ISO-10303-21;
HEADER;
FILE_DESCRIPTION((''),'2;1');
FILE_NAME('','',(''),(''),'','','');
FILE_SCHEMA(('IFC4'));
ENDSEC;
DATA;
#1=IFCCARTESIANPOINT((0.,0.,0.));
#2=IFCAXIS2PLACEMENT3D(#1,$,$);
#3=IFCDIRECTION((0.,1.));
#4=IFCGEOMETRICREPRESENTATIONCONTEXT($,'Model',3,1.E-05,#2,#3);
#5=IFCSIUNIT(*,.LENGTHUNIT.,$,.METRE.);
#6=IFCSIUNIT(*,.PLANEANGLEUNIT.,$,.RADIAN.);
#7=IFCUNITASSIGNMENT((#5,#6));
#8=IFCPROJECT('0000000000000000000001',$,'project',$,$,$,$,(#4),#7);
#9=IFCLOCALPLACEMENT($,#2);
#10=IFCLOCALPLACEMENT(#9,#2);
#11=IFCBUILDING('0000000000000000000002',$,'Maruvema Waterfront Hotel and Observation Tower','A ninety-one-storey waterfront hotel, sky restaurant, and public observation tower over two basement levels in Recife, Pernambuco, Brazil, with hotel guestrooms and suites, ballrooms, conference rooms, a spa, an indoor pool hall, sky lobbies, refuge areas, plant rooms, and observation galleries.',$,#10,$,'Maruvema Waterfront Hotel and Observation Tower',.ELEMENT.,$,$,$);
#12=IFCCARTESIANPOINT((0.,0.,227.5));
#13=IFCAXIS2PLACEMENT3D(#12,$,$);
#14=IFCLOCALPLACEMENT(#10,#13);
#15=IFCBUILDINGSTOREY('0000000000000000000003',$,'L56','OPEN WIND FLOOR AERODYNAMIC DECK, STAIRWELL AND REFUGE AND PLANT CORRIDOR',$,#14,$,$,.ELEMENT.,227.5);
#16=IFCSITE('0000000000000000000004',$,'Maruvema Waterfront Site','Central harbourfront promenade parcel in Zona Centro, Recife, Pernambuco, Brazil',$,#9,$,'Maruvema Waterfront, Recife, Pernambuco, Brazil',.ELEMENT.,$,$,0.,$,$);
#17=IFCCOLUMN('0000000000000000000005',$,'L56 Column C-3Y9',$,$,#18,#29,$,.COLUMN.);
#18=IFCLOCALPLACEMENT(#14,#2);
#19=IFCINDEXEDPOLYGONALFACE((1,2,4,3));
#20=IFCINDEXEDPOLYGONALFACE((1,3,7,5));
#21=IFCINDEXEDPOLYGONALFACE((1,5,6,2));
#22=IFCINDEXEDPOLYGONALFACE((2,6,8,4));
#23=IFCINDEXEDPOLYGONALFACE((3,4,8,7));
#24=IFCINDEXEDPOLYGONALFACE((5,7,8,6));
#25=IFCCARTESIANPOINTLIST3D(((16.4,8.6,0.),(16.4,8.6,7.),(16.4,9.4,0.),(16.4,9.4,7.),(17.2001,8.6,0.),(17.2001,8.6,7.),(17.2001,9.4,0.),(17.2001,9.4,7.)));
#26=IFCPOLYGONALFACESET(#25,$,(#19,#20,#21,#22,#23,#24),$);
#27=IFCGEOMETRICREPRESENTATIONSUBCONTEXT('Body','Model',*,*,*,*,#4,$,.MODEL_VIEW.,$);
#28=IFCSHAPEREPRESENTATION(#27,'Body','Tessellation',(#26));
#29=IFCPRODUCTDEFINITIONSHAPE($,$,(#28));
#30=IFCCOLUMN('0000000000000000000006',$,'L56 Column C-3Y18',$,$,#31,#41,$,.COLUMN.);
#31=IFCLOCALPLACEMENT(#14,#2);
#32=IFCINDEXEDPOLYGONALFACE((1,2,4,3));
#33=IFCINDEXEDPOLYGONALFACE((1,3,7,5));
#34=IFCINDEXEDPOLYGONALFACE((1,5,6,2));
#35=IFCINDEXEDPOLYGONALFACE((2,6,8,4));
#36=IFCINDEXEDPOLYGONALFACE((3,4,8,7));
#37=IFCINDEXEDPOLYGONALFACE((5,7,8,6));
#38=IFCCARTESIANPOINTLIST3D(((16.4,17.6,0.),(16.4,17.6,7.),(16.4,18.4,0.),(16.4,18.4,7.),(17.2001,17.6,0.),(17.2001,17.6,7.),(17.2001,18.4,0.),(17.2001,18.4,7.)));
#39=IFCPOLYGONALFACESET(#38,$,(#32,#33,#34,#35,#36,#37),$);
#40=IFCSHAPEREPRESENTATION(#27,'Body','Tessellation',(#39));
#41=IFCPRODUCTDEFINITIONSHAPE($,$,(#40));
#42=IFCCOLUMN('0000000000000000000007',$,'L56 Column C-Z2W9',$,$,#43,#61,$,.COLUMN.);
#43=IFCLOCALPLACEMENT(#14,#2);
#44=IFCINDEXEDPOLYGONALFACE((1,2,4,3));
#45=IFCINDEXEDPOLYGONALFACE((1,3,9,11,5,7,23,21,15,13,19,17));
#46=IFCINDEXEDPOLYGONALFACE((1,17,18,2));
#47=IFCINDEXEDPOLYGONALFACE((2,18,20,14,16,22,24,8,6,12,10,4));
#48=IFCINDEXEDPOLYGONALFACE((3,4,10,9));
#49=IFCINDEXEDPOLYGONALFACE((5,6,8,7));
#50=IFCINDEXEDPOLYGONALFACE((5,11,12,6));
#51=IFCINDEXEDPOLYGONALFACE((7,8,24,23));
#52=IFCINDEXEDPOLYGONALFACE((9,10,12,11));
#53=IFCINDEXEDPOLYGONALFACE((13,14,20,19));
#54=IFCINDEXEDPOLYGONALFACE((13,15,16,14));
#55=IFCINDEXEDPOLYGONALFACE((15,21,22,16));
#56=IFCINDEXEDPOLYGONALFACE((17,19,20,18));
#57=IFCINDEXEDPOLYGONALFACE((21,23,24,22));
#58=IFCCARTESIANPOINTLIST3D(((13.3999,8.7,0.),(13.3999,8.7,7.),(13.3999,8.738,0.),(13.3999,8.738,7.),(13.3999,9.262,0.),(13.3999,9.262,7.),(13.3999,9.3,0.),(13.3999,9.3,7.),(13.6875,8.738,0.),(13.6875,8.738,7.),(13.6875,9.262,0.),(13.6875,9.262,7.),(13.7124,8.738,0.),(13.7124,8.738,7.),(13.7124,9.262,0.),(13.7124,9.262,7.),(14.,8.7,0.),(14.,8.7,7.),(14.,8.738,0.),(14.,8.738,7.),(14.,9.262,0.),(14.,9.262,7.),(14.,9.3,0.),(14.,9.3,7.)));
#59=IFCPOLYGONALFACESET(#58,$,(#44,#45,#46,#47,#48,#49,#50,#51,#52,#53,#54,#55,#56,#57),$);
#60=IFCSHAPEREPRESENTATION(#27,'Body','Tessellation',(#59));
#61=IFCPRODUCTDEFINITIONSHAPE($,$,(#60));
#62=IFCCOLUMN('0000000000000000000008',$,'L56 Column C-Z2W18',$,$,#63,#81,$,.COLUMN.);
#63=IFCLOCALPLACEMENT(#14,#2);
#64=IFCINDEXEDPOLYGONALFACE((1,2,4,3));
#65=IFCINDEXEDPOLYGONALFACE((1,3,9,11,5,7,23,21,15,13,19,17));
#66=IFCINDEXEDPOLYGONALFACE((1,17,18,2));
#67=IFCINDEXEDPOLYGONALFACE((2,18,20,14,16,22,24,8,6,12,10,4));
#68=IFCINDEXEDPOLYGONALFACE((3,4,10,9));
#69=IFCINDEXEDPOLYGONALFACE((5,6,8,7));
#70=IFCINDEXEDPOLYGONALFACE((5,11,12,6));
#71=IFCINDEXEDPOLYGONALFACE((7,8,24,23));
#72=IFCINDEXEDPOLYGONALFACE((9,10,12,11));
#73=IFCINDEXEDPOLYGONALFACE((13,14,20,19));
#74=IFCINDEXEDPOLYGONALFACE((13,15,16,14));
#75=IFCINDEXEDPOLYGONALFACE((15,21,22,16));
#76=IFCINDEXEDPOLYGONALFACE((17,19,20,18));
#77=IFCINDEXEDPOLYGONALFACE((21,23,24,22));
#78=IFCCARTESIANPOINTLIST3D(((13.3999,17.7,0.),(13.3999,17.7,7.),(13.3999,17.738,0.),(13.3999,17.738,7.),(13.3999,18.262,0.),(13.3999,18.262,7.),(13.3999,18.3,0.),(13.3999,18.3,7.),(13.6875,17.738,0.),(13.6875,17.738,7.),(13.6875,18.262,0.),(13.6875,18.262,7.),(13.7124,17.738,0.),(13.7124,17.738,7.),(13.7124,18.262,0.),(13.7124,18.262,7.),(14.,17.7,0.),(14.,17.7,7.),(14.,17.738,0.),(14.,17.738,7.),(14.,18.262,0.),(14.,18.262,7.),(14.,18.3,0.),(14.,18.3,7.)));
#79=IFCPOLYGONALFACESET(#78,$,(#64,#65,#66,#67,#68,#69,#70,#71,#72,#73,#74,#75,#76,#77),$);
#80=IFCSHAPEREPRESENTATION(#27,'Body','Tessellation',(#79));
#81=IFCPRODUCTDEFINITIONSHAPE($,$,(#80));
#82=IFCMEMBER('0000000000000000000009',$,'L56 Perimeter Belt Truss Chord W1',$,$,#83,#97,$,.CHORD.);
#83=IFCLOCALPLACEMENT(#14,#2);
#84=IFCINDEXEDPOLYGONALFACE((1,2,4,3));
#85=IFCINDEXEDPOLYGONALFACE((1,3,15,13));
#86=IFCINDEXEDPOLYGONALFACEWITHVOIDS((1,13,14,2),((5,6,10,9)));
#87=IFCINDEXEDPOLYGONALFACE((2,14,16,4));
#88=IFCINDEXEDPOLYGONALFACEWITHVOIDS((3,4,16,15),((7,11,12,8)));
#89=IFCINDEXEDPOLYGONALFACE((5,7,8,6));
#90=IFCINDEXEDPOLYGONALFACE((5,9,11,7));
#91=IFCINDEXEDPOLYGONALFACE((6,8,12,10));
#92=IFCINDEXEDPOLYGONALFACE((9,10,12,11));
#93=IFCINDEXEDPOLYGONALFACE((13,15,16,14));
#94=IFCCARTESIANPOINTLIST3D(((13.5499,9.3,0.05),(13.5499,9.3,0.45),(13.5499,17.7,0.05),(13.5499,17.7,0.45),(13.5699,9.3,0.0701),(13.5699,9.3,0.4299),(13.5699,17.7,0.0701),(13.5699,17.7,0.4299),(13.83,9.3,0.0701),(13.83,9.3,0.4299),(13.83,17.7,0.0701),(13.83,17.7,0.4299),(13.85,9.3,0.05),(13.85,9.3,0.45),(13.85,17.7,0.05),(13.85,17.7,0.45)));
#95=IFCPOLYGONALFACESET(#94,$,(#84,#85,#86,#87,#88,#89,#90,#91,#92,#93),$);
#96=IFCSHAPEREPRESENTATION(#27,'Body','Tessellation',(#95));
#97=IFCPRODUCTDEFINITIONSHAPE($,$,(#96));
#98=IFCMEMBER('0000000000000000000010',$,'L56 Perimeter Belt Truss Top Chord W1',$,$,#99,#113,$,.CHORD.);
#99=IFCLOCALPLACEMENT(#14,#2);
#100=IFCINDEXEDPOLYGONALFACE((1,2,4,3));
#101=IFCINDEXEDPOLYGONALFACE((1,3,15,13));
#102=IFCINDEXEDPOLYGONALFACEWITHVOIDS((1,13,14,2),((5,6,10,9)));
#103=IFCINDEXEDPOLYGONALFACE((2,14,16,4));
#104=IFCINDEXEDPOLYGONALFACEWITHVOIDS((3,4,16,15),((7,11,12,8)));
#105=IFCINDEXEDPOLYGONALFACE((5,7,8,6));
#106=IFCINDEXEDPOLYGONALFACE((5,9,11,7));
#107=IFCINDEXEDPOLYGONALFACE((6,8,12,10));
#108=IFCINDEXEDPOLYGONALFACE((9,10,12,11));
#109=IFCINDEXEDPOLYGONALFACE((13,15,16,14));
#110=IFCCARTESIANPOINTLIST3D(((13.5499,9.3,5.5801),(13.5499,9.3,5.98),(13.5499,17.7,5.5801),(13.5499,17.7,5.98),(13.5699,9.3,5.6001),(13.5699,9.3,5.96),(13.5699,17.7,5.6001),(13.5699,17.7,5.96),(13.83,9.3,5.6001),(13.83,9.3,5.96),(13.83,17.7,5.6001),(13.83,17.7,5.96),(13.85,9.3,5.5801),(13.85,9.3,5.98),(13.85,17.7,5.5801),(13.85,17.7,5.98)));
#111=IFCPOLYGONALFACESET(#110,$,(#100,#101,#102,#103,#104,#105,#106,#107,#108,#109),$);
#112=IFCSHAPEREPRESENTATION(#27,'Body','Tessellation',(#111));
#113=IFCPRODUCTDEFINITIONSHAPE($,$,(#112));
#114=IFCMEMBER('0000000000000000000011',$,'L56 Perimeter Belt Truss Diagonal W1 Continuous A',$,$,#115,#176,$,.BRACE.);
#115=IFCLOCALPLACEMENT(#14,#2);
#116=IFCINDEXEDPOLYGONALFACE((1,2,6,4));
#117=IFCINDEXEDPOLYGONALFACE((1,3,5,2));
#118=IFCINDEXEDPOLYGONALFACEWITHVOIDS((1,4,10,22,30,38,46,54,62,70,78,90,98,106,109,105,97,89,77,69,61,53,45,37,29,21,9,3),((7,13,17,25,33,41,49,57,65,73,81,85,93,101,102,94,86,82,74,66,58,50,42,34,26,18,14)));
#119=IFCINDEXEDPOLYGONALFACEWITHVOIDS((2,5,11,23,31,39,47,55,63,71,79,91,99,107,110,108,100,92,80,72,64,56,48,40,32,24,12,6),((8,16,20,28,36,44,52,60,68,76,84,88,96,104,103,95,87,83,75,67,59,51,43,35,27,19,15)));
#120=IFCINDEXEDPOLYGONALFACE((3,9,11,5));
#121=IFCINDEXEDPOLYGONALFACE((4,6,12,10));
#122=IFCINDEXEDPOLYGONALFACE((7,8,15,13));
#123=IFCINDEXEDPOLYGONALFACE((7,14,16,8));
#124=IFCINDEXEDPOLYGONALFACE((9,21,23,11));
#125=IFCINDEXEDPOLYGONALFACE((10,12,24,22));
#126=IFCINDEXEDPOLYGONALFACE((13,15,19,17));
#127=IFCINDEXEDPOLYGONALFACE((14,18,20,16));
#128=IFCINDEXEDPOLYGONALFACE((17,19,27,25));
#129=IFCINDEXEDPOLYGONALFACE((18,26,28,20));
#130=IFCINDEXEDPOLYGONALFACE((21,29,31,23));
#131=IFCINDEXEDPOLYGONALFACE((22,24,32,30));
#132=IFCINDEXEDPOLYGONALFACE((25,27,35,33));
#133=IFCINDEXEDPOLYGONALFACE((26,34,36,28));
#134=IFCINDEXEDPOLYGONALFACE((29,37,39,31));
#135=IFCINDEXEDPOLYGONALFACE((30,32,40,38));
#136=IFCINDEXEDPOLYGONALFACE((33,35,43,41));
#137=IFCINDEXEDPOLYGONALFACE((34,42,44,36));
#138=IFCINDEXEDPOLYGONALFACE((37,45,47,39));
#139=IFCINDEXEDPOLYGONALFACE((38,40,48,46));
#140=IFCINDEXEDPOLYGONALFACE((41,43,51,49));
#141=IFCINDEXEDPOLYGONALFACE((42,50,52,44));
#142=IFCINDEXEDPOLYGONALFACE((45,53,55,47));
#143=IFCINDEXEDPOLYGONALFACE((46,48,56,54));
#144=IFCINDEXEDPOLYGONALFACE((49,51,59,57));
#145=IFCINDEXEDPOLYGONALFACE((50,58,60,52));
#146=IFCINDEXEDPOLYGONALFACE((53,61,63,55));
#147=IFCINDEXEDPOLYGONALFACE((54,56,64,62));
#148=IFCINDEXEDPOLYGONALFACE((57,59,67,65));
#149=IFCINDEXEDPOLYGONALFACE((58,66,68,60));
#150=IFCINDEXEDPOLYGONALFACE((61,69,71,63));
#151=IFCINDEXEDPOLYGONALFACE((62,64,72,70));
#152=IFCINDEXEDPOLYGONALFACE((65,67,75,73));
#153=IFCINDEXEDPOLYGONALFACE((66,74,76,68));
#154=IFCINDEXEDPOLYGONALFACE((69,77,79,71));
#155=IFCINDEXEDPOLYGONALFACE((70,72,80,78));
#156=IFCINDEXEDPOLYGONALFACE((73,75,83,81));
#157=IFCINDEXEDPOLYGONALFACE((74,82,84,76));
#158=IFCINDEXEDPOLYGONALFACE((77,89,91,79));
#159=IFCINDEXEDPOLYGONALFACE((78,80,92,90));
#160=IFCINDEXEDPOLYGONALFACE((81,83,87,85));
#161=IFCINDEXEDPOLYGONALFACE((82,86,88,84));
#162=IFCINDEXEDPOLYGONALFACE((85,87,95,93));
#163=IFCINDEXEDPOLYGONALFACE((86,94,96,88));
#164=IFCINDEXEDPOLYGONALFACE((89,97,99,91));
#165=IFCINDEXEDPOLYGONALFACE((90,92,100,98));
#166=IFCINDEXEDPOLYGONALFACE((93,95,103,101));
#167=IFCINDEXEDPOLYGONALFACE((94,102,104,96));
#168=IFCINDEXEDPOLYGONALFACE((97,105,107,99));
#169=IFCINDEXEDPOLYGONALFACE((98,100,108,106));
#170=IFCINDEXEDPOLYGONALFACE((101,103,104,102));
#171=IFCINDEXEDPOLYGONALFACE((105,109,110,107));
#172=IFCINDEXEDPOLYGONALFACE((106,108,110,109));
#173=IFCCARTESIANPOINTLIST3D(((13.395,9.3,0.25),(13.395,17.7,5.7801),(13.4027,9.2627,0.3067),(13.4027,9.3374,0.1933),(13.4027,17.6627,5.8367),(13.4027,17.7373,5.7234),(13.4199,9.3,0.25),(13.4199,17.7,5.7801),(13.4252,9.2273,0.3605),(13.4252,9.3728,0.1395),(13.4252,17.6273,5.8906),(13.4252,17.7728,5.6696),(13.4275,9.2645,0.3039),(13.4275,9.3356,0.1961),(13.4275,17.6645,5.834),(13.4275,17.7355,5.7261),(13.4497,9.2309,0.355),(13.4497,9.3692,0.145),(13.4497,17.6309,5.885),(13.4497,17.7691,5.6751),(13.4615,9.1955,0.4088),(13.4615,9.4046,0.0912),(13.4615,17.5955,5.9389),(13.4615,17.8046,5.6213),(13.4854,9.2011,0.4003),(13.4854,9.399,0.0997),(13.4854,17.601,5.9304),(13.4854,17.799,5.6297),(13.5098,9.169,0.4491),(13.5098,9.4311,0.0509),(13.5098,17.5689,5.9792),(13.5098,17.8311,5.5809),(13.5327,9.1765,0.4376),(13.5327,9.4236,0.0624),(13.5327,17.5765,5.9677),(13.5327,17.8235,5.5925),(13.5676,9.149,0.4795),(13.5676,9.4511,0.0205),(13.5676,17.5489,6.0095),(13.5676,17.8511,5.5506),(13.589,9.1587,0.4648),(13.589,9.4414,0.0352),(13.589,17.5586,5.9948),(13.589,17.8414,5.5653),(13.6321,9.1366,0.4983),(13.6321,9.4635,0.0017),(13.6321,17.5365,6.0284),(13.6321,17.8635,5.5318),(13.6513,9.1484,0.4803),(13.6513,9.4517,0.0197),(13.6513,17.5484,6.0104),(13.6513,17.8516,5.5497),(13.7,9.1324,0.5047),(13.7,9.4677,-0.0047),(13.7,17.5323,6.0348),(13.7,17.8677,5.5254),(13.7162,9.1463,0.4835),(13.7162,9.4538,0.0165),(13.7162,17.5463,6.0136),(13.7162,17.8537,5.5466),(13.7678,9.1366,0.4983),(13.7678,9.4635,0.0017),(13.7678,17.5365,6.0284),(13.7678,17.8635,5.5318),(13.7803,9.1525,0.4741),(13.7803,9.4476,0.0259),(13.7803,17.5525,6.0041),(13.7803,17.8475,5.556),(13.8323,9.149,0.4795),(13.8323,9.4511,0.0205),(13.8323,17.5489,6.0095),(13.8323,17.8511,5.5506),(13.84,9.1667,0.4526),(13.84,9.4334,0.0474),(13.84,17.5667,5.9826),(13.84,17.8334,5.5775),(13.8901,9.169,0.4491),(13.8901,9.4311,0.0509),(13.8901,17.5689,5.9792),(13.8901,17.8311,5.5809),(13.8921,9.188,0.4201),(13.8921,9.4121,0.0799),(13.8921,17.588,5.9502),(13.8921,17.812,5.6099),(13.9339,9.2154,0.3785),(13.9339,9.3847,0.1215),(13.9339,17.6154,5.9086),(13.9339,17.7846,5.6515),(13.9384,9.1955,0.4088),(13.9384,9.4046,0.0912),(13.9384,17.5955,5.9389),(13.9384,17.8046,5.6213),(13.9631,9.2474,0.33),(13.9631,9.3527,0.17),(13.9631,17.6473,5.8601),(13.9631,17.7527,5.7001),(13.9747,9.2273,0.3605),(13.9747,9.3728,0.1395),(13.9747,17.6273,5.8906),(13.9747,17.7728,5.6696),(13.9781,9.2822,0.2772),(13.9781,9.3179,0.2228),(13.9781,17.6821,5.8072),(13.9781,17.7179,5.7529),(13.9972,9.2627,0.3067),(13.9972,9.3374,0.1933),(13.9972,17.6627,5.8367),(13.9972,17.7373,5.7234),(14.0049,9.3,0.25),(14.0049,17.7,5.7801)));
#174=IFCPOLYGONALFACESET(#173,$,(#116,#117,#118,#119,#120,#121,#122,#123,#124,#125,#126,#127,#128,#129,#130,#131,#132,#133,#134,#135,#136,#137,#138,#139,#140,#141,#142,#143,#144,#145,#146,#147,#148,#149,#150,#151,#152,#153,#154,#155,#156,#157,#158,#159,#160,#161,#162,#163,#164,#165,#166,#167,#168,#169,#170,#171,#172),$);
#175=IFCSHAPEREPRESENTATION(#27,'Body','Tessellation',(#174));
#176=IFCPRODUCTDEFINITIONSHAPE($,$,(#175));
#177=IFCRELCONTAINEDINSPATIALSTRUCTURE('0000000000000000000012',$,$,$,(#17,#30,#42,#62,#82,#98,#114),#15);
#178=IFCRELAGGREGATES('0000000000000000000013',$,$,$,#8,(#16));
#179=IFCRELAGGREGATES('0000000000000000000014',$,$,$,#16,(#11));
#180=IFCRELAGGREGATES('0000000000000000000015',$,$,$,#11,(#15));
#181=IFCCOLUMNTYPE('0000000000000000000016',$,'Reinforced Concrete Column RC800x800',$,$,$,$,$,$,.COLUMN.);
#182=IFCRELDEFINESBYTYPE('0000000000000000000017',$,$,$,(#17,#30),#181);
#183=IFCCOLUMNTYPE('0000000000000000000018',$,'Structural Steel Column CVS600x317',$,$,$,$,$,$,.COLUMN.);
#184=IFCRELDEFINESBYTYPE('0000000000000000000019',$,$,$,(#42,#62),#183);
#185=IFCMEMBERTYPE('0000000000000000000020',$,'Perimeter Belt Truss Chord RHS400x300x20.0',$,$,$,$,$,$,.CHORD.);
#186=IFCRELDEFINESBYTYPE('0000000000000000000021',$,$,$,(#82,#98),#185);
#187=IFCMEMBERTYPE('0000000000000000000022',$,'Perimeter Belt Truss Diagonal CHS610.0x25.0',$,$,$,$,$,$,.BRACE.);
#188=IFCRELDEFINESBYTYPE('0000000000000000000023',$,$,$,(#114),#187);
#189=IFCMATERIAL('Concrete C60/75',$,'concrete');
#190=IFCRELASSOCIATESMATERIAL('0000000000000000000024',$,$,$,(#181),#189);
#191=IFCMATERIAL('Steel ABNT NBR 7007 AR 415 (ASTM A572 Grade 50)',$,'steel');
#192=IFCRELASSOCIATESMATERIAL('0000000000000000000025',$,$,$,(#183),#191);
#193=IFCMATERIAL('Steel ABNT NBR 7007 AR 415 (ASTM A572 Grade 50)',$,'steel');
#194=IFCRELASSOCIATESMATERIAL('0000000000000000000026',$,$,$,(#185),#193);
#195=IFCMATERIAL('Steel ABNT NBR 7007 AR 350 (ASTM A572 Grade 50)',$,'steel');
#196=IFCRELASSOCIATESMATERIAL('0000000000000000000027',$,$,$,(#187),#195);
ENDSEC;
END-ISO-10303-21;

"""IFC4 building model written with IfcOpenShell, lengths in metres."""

from ifc_helpers import new_model, si_unit, direction, frame, origin, origin_2d, place, context, subcontext, project, spatial, rectangle, hollow_rectangle, hollow_circle, i_section, extrude, material, material_profile, profile_set, type_object, element, save


model = new_model("IFC4")

# Units and contexts
model_context = context("Model", 3, precision=1e-05, world=origin(), true_north=direction((0.0, 1.0)))
body_context = subcontext(model_context, "Body", "Model", "MODEL_VIEW")
ifc_project = project(units=[si_unit("LENGTHUNIT", "METRE"), si_unit("PLANEANGLEUNIT", "RADIAN")], contexts=[model_context])

# Site, building, storey
site_placement = place(None, origin())
site = spatial("IfcSite", under=ifc_project, at=site_placement, Name="Maruvema Waterfront Site", Description="Central harbourfront promenade parcel in Zona Centro, Recife, Pernambuco, Brazil", LongName="Maruvema Waterfront, Recife, Pernambuco, Brazil", CompositionType="ELEMENT", RefElevation=0.0)
building_placement = place(site_placement, origin())
building = spatial("IfcBuilding", under=site, at=building_placement, Name="Maruvema Waterfront Hotel and Observation Tower", Description="A ninety-one-storey waterfront hotel, sky restaurant, and public observation tower over two basement levels in Recife, Pernambuco, Brazil, with hotel guestrooms and suites, ballrooms, conference rooms, a spa, an indoor pool hall, sky lobbies, refuge areas, plant rooms, and observation galleries.", LongName="Maruvema Waterfront Hotel and Observation Tower", CompositionType="ELEMENT")
storey_placement = place(building_placement, frame((0.0, 0.0, 227.5)))
storey = spatial("IfcBuildingStorey", under=building, at=storey_placement, Name="L56", Description="OPEN WIND FLOOR AERODYNAMIC DECK, STAIRWELL AND REFUGE AND PLANT CORRIDOR", CompositionType="ELEMENT", Elevation=227.5)

# Columns
ifc_material_1 = material(Name="Concrete C60/75", Category="concrete")
ifc_material_profile_1 = material_profile(ifc_material_1, rectangle(XDim=0.8, YDim=0.8, at=origin_2d()), Name="RC800x800")
ifc_profile_set_1 = profile_set([ifc_material_profile_1], Name="Concrete C60/75")
column_type_1 = type_object("IfcColumnType", Name="Reinforced Concrete Column RC800x800", PredefinedType="COLUMN", material=ifc_profile_set_1)
for number, where, z_axis, x_axis, name in (
    (1, (16.8, 9.0, 0.0), (0.0, 0.0, 1.0), (1.0, 0.0, 0.0), "L56 Column C-3Y9"),
    (2, (16.8, 18.0, 0.0), (0.0, 0.0, 1.0), (1.0, 0.0, 0.0), "L56 Column C-3Y18"),
):
    element("IfcColumn", number, at=place(storey_placement, frame(where, z_axis=z_axis, x_axis=x_axis)), inside=storey, type_object=column_type_1, Name=name, PredefinedType="COLUMN", context=body_context, shape_type="SweptSolid", body=[
        extrude(rectangle(XDim=0.8, YDim=0.8, at=origin_2d()), origin(), (0.0, 0.0, 1.0), 7.0),
    ])
ifc_material_2 = material(Name="Steel ABNT NBR 7007 AR 415 (ASTM A572 Grade 50)", Category="steel")
ifc_material_profile_2 = material_profile(ifc_material_2, i_section(OverallWidth=0.6001, OverallDepth=0.6001, WebThickness=0.0249, FlangeThickness=0.0381, at=origin_2d()), Name="CVS600x317")
ifc_profile_set_2 = profile_set([ifc_material_profile_2], Name="Steel ABNT NBR 7007 AR 415 (ASTM A572 Grade 50)")
column_type_2 = type_object("IfcColumnType", Name="Structural Steel Column CVS600x317", PredefinedType="COLUMN", material=ifc_profile_set_2)
for number, where, z_axis, x_axis, name in (
    (3, (13.7, 9.0, 0.0), (0.0, 0.0, 1.0), (1.0, 0.0, 0.0), "L56 Column C-Z2W9"),
    (4, (13.7, 18.0, 0.0), (0.0, 0.0, 1.0), (1.0, 0.0, 0.0), "L56 Column C-Z2W18"),
):
    element("IfcColumn", number, at=place(storey_placement, frame(where, z_axis=z_axis, x_axis=x_axis)), inside=storey, type_object=column_type_2, Name=name, PredefinedType="COLUMN", context=body_context, shape_type="SweptSolid", body=[
        extrude(i_section(OverallWidth=0.6001, OverallDepth=0.6001, WebThickness=0.0249, FlangeThickness=0.0381, at=origin_2d()), origin(), (0.0, 0.0, 1.0), 7.0),
    ])

# Members
ifc_material_3 = material(Name="Steel ABNT NBR 7007 AR 415 (ASTM A572 Grade 50)", Category="steel")
ifc_material_profile_3 = material_profile(ifc_material_3, hollow_rectangle(XDim=0.3, YDim=0.3999, WallThickness=0.02, at=origin_2d()), Name="RHS400x300x20.0")
ifc_profile_set_3 = profile_set([ifc_material_profile_3], Name="Steel ABNT NBR 7007 AR 415 (ASTM A572 Grade 50)")
member_type_1 = type_object("IfcMemberType", Name="Perimeter Belt Truss Chord RHS400x300x20.0", PredefinedType="CHORD", material=ifc_profile_set_3)
for number, where, z_axis, x_axis, name in (
    (5, (13.7, 9.3, 0.25), (0.0, 1.0, 0.0), (-1.0, 0.0, 0.0), "L56 Perimeter Belt Truss Chord W1"),
    (6, (13.7, 9.3, 5.78), (0.0, 1.0, 0.0), (-1.0, 0.0, 0.0), "L56 Perimeter Belt Truss Top Chord W1"),
):
    element("IfcMember", number, at=place(storey_placement, frame(where, z_axis=z_axis, x_axis=x_axis)), inside=storey, type_object=member_type_1, Name=name, PredefinedType="CHORD", context=body_context, shape_type="SweptSolid", body=[
        extrude(hollow_rectangle(XDim=0.3, YDim=0.3999, WallThickness=0.02, at=origin_2d()), origin(), (0.0, 0.0, 1.0), 8.3999),
    ])
ifc_material_4 = material(Name="Steel ABNT NBR 7007 AR 350 (ASTM A572 Grade 50)", Category="steel")
ifc_material_profile_4 = material_profile(ifc_material_4, hollow_circle(Radius=0.3049, WallThickness=0.0249, at=origin_2d()), Name="CHS610.0x25.0")
ifc_profile_set_4 = profile_set([ifc_material_profile_4], Name="Steel ABNT NBR 7007 AR 350 (ASTM A572 Grade 50)")
member_type_2 = type_object("IfcMemberType", Name="Perimeter Belt Truss Diagonal CHS610.0x25.0", PredefinedType="BRACE", material=ifc_profile_set_4)
member_1_placement = place(storey_placement, frame((13.7, 9.3, 0.25), z_axis=(0.0, 0.835245, 0.549879), x_axis=(-1.0, 0.0, 0.0)))
element("IfcMember", 7, at=member_1_placement, inside=storey, type_object=member_type_2, Name="L56 Perimeter Belt Truss Diagonal W1 Continuous A", PredefinedType="BRACE", context=body_context, shape_type="SweptSolid", body=[
    extrude(hollow_circle(Radius=0.3049, WallThickness=0.0249, at=origin_2d()), origin(), (0.0, 0.0, 1.0), 10.0569),
])

save(model, "model.ifc")
